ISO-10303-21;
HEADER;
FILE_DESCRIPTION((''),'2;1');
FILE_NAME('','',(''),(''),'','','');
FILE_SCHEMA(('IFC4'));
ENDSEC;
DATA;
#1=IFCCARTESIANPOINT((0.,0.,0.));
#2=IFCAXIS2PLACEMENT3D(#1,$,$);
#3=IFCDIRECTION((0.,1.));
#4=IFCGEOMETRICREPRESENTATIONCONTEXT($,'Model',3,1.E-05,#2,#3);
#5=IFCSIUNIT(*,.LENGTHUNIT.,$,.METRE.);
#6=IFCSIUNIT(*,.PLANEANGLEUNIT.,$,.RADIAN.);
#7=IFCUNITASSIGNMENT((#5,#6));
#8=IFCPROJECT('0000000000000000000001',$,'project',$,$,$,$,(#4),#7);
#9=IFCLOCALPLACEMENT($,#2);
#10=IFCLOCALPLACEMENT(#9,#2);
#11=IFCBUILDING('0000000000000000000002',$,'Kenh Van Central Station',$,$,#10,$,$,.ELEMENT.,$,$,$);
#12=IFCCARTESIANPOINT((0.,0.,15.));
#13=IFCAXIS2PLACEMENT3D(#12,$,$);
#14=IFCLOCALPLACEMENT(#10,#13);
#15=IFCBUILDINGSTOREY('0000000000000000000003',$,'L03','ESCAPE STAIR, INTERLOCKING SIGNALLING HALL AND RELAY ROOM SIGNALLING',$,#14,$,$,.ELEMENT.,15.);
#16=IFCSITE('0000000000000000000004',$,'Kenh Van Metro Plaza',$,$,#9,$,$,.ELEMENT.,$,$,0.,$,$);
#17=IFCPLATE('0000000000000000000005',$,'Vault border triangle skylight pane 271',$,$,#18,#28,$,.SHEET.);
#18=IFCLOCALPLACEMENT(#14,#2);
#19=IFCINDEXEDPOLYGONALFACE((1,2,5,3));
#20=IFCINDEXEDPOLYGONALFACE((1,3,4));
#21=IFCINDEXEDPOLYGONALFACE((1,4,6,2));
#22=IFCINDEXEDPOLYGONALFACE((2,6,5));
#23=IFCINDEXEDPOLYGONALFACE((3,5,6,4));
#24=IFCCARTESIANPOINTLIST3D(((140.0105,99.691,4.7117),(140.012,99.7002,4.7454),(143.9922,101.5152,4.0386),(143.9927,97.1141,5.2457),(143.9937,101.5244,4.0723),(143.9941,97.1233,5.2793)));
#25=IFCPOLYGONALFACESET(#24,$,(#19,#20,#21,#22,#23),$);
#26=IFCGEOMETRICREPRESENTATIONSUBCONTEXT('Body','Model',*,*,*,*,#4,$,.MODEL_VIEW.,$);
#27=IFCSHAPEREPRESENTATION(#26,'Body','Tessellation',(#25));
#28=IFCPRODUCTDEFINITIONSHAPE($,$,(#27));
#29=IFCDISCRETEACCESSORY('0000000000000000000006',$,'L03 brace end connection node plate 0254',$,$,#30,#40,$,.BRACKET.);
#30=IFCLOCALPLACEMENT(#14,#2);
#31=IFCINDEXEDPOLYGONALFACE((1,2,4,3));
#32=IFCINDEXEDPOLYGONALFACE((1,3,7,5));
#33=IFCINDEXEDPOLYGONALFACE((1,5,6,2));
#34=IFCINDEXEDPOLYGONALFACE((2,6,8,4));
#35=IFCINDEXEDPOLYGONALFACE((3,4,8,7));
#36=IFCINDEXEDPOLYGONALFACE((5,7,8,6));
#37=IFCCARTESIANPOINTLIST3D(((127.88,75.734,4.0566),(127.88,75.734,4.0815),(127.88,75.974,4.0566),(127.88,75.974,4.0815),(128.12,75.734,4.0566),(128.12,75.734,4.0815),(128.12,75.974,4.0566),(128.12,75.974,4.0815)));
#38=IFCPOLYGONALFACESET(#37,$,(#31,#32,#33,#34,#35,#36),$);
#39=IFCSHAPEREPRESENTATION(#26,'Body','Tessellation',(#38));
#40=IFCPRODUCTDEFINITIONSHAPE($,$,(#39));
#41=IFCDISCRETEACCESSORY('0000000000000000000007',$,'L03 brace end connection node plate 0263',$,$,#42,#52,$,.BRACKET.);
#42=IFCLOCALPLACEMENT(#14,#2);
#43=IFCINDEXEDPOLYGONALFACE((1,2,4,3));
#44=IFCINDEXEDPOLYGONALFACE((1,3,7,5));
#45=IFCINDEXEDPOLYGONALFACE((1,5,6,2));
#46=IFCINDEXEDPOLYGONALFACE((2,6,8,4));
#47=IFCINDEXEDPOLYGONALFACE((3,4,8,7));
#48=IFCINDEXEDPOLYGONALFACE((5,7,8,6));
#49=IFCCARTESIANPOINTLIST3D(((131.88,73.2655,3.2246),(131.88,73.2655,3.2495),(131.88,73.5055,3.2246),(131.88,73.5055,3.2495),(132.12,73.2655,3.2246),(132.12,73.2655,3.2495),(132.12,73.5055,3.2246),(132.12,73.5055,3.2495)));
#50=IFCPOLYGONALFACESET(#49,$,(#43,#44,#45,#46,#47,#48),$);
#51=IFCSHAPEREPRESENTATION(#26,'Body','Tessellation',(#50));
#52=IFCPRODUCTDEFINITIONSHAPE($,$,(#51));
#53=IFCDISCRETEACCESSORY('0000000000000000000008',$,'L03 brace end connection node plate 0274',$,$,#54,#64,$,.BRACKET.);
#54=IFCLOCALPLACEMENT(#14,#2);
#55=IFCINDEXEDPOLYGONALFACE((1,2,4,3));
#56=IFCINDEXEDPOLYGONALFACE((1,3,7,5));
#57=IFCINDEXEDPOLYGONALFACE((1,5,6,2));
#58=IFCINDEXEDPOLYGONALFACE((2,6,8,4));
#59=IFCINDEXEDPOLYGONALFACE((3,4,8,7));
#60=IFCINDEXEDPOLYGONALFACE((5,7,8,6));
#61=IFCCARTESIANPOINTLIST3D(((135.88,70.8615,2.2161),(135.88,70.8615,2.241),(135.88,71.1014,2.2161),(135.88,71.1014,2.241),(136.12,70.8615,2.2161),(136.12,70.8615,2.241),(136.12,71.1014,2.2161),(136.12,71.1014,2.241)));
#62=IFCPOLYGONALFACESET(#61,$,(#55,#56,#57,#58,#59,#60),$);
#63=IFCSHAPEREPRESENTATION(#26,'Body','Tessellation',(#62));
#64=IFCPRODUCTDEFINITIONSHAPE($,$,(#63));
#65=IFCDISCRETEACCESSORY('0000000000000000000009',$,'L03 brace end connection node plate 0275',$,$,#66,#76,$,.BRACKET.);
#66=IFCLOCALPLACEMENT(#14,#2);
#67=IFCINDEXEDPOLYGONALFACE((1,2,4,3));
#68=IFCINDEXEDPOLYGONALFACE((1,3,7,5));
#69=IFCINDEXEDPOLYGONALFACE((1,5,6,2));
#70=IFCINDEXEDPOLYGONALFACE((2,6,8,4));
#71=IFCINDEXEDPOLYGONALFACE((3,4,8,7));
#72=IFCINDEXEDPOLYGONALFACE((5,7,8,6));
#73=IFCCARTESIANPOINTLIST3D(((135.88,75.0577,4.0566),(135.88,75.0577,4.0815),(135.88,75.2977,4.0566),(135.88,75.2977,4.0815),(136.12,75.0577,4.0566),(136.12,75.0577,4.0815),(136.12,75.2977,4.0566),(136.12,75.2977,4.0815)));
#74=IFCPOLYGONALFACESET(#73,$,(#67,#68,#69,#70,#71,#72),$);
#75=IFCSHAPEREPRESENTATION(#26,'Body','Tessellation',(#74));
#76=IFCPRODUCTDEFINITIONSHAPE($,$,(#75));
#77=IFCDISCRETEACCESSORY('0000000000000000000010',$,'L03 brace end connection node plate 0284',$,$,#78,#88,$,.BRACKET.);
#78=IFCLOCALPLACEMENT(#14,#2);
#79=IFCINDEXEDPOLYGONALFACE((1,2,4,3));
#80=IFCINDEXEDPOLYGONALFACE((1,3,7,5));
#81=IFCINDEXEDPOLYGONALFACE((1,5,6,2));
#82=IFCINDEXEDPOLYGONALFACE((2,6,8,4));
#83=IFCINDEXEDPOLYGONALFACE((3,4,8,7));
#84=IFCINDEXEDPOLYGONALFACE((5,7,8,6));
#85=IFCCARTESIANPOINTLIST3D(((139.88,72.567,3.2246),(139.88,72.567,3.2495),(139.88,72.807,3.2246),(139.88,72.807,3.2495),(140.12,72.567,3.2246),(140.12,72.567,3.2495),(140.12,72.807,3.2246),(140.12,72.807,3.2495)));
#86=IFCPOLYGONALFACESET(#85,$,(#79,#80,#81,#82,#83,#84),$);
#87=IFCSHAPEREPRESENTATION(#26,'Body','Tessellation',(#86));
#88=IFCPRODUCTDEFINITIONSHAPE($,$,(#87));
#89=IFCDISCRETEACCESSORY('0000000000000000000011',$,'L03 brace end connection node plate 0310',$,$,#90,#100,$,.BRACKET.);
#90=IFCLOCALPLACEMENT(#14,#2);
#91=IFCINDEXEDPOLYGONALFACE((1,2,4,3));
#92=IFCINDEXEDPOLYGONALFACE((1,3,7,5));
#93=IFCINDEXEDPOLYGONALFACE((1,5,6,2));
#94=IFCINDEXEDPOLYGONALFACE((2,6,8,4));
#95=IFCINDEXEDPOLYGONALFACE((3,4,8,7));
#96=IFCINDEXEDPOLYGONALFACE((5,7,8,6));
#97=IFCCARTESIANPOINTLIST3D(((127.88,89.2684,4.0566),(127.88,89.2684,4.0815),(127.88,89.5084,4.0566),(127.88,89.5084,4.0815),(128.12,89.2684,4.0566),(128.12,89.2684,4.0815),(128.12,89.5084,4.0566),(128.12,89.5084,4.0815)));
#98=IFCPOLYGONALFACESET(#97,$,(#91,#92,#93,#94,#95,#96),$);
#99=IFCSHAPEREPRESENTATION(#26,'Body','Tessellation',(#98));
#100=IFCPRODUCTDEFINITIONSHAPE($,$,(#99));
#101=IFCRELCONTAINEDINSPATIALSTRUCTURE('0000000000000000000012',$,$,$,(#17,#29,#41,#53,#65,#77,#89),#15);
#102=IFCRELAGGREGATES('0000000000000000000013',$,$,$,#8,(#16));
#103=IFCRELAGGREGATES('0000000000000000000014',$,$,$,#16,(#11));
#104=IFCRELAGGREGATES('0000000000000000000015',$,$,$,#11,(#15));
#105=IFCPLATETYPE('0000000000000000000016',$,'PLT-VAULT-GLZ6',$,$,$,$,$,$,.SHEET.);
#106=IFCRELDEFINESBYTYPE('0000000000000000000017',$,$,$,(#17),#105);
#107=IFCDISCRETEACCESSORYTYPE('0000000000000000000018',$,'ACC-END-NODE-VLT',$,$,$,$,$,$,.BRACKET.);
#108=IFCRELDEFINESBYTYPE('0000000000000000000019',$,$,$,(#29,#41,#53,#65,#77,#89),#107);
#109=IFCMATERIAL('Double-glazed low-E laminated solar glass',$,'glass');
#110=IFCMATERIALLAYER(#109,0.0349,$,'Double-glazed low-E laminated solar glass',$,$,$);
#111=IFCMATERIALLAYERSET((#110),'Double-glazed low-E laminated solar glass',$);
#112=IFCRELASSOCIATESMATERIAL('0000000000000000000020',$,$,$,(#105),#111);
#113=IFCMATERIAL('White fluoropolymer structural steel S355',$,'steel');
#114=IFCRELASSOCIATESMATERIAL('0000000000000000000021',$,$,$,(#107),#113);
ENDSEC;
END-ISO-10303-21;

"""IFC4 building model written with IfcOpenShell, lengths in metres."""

from ifc_helpers import new_model, si_unit, direction, frame, origin, origin_2d, place, context, subcontext, project, spatial, polyline, rectangle, outline, extrude, material, layer, layer_set, type_object, element, save


model = new_model("IFC4")

# Units and contexts
model_context = context("Model", 3, precision=1e-05, world=origin(), true_north=direction((0.0, 1.0)))
body_context = subcontext(model_context, "Body", "Model", "MODEL_VIEW")
ifc_project = project(units=[si_unit("LENGTHUNIT", "METRE"), si_unit("PLANEANGLEUNIT", "RADIAN")], contexts=[model_context])

# Site, building, storey
site_placement = place(None, origin())
site = spatial("IfcSite", under=ifc_project, at=site_placement, Name="Kenh Van Metro Plaza", CompositionType="ELEMENT", RefElevation=0.0)
building_placement = place(site_placement, origin())
building = spatial("IfcBuilding", under=site, at=building_placement, Name="Kenh Van Central Station", CompositionType="ELEMENT")
storey_placement = place(building_placement, frame((0.0, 0.0, 15.0)))
storey = spatial("IfcBuildingStorey", under=building, at=storey_placement, Name="L03", Description="ESCAPE STAIR, INTERLOCKING SIGNALLING HALL AND RELAY ROOM SIGNALLING", CompositionType="ELEMENT", Elevation=15.0)

# Shared definitions
ifc_material_1 = material(Name="White fluoropolymer structural steel S355", Category="steel")

# Plate
ifc_material_2 = material(Name="Double-glazed low-E laminated solar glass", Category="glass")
ifc_layer_1 = layer(ifc_material_2, 0.0349, Name="Double-glazed low-E laminated solar glass")
ifc_layer_set_1 = layer_set([ifc_layer_1], Name="Double-glazed low-E laminated solar glass")
plate_type_1 = type_object("IfcPlateType", Name="PLT-VAULT-GLZ6", PredefinedType="SHEET", material=ifc_layer_set_1)
plate_1_placement = place(storey_placement, frame((143.9941, 97.1233, 5.2793), z_axis=(0.041813, 0.264262, 0.963544), x_axis=(-0.000107, 0.964389, -0.264489)))
element("IfcPlate", 1, at=plate_1_placement, inside=storey, type_object=plate_type_1, Name="Vault border triangle skylight pane 271", PredefinedType="SHEET", context=body_context, shape_type="SweptSolid", body=[
    extrude(outline(polyline([(0.0, 0.0), (4.5636, 0.0), (2.6268, 3.9854), (0.0, 0.0)])), origin(), (0.0, 0.0, -1.0), 0.0349),
])

# Discrete accessories
discrete_accessory_type = type_object("IfcDiscreteAccessoryType", Name="ACC-END-NODE-VLT", PredefinedType="BRACKET", material=ifc_material_1)
for number, where, z_axis, x_axis, name in (
    (2, (128.0, 75.854, 4.0566), (0.0, 0.0, 1.0), (1.0, 0.0, 0.0), "L03 brace end connection node plate 0254"),
    (3, (132.0, 73.3855, 3.2246), (0.0, 0.0, 1.0), (1.0, 0.0, 0.0), "L03 brace end connection node plate 0263"),
    (4, (136.0, 70.9814, 2.2161), (0.0, 0.0, 1.0), (1.0, 0.0, 0.0), "L03 brace end connection node plate 0274"),
    (5, (136.0, 75.1777, 4.0566), (0.0, 0.0, 1.0), (1.0, 0.0, 0.0), "L03 brace end connection node plate 0275"),
    (6, (140.0, 72.687, 3.2246), (0.0, 0.0, 1.0), (1.0, 0.0, 0.0), "L03 brace end connection node plate 0284"),
    (7, (128.0, 89.3884, 4.0566), (0.0, 0.0, 1.0), (1.0, 0.0, 0.0), "L03 brace end connection node plate 0310"),
):
    element("IfcDiscreteAccessory", number, at=place(storey_placement, frame(where, z_axis=z_axis, x_axis=x_axis)), inside=storey, type_object=discrete_accessory_type, Name=name, PredefinedType="BRACKET", context=body_context, shape_type="SweptSolid", body=[
        extrude(rectangle(XDim=0.24, YDim=0.24, at=origin_2d()), origin(), (0.0, 0.0, 1.0), 0.0249),
    ])

save(model, "model.ifc")
